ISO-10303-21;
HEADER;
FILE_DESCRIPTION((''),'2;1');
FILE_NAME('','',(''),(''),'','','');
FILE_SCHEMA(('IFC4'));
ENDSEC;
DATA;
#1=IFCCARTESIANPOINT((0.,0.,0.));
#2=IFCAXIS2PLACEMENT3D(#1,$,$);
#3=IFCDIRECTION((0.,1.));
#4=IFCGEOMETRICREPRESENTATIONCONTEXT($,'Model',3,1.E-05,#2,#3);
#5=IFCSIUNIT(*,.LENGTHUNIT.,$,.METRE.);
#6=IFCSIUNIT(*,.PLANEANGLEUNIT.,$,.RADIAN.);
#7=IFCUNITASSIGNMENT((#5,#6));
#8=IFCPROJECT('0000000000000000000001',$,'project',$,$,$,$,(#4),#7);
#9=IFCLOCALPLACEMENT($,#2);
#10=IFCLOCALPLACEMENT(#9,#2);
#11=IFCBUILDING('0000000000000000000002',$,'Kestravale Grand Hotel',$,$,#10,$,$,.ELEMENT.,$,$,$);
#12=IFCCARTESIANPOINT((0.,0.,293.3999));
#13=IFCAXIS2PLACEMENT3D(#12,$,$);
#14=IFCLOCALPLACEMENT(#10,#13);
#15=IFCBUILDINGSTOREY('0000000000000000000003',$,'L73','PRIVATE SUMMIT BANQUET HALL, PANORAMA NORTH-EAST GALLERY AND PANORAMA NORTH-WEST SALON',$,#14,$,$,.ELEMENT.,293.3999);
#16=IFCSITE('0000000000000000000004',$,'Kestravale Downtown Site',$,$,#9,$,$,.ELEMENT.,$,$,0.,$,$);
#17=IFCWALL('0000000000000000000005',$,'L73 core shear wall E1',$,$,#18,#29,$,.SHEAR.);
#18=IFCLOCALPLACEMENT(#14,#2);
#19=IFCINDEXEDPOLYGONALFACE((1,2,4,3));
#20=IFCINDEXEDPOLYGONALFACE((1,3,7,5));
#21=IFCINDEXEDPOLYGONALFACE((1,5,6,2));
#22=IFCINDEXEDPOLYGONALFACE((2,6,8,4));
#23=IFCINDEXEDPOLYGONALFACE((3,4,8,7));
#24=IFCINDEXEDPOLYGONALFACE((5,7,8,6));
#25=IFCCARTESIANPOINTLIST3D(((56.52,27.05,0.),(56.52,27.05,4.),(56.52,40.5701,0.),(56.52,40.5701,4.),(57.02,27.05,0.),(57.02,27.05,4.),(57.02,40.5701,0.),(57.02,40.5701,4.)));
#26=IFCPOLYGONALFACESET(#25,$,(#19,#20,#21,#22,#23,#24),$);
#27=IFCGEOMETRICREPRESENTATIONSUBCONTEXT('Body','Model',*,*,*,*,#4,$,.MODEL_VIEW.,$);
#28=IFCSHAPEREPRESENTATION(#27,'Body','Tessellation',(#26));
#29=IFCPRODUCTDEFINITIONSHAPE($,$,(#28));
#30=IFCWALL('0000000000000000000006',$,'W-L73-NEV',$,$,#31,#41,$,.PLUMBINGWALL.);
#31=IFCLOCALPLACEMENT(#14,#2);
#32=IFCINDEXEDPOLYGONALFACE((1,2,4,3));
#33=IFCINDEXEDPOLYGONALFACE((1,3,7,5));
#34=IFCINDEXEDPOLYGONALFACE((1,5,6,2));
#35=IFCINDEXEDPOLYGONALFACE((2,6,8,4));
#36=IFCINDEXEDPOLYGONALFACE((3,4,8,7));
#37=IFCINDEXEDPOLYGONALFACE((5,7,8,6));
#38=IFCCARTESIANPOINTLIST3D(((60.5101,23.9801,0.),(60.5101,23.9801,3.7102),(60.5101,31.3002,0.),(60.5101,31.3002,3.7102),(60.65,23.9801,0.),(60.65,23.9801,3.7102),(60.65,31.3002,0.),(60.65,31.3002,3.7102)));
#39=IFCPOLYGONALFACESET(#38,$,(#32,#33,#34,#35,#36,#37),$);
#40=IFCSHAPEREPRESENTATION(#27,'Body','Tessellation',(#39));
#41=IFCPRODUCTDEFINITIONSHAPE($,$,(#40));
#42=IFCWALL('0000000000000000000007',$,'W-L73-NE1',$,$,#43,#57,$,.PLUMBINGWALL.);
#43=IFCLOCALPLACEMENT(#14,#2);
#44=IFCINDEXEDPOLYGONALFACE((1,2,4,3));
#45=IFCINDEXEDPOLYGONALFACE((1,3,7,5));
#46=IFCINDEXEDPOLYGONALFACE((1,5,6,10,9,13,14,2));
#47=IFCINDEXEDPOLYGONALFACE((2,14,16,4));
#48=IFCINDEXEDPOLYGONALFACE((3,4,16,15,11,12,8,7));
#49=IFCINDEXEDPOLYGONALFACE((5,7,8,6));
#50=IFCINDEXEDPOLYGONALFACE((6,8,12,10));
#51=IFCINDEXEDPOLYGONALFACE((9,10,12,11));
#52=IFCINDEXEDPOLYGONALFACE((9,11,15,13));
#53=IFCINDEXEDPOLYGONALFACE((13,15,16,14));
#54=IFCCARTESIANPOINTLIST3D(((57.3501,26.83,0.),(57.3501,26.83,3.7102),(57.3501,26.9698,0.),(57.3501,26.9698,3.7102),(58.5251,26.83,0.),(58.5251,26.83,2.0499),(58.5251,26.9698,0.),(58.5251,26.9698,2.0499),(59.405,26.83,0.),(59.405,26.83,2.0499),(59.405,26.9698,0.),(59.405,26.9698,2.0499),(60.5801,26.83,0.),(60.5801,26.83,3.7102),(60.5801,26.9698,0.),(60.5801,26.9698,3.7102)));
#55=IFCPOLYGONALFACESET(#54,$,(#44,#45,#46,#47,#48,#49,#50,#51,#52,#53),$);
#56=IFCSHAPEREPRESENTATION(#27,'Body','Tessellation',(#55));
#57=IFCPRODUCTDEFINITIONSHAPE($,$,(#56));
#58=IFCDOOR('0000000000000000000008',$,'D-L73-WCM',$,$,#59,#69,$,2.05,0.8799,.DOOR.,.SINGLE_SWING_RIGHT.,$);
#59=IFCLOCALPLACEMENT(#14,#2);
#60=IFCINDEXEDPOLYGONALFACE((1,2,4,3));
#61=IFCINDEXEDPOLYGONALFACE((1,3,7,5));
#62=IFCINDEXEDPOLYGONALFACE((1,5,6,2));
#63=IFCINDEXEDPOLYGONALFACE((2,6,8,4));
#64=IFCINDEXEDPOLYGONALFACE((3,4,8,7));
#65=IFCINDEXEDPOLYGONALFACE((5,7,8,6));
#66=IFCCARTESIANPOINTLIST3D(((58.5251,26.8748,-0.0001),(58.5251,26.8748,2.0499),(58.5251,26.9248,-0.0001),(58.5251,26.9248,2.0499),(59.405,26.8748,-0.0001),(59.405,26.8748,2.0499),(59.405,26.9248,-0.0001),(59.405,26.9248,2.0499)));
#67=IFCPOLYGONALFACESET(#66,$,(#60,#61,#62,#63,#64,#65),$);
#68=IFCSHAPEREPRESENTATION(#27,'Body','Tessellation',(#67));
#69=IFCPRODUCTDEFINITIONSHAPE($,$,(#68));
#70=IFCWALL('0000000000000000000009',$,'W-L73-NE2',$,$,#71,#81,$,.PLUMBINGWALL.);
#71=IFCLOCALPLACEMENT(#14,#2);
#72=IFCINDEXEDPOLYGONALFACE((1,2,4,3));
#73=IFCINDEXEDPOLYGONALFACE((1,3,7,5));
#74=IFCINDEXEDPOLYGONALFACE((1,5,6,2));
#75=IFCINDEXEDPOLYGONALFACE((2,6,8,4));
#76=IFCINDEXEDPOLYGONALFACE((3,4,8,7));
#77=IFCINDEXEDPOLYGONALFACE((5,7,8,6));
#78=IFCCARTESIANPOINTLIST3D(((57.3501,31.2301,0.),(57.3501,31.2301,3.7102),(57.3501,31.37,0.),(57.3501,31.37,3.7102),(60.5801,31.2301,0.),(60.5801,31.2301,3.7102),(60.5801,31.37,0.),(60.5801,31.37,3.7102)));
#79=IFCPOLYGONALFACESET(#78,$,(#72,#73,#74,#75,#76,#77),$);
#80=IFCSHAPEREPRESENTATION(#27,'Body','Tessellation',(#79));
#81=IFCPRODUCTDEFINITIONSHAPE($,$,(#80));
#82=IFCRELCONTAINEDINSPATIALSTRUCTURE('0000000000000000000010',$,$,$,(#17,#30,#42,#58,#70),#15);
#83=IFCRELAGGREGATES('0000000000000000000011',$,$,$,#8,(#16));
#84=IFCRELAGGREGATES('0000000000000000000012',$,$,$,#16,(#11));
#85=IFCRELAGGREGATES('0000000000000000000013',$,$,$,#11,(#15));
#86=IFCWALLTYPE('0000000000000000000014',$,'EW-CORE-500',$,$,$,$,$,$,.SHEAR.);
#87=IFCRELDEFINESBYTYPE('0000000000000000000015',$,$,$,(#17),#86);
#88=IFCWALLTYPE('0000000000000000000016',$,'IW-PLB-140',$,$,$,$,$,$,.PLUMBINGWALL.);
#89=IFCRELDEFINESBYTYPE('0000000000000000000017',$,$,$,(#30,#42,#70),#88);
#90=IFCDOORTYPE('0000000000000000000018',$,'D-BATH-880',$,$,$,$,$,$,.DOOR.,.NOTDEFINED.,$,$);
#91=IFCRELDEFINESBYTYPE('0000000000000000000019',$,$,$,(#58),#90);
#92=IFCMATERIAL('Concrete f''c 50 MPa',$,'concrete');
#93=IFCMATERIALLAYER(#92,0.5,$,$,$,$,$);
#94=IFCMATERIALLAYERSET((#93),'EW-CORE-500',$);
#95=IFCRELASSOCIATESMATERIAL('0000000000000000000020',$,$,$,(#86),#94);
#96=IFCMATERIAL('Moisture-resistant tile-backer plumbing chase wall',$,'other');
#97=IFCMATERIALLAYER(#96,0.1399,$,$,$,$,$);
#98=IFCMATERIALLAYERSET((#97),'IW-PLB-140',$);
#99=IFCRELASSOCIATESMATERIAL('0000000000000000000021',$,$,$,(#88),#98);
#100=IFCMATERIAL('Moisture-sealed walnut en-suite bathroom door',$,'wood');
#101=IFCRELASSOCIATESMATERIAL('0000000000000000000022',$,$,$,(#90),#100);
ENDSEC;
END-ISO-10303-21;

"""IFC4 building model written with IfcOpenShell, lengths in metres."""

from ifc_helpers import new_model, si_unit, direction, frame, frame_2d, origin, place, context, subcontext, project, spatial, rectangle, extrude, material, layer, layer_set, type_object, element, fill, save


model = new_model("IFC4")

# Units and contexts
model_context = context("Model", 3, precision=1e-05, world=origin(), true_north=direction((0.0, 1.0)))
body_context = subcontext(model_context, "Body", "Model", "MODEL_VIEW")
ifc_project = project(units=[si_unit("LENGTHUNIT", "METRE"), si_unit("PLANEANGLEUNIT", "RADIAN")], contexts=[model_context])

# Site, building, storey
site_placement = place(None, origin())
site = spatial("IfcSite", under=ifc_project, at=site_placement, Name="Kestravale Downtown Site", CompositionType="ELEMENT", RefElevation=0.0)
building_placement = place(site_placement, origin())
building = spatial("IfcBuilding", under=site, at=building_placement, Name="Kestravale Grand Hotel", CompositionType="ELEMENT")
storey_placement = place(building_placement, frame((0.0, 0.0, 293.3999)))
storey = spatial("IfcBuildingStorey", under=building, at=storey_placement, Name="L73", Description="PRIVATE SUMMIT BANQUET HALL, PANORAMA NORTH-EAST GALLERY AND PANORAMA NORTH-WEST SALON", CompositionType="ELEMENT", Elevation=293.3999)

# Walls
ifc_material_1 = material(Name="Concrete f'c 50 MPa", Category="concrete")
ifc_layer_1 = layer(ifc_material_1, 0.5)
ifc_layer_set_1 = layer_set([ifc_layer_1], Name="EW-CORE-500")
wall_type_1 = type_object("IfcWallType", Name="EW-CORE-500", PredefinedType="SHEAR", material=ifc_layer_set_1)
wall_1_placement = place(storey_placement, frame((56.77, 27.05, 0.0), z_axis=(0.0, 0.0, 1.0), x_axis=(0.0, 1.0, 0.0)))
element("IfcWall", 1, at=wall_1_placement, inside=storey, type_object=wall_type_1, Name="L73 core shear wall E1", PredefinedType="SHEAR", context=body_context, shape_type="SweptSolid", body=[
    extrude(rectangle(XDim=13.52, YDim=0.5, at=frame_2d((6.76, 0.0))), origin(), (0.0, 0.0, 1.0), 4.0),
])
ifc_material_2 = material(Name="Moisture-resistant tile-backer plumbing chase wall", Category="other")
ifc_layer_2 = layer(ifc_material_2, 0.1399)
ifc_layer_set_2 = layer_set([ifc_layer_2], Name="IW-PLB-140")
wall_type_2 = type_object("IfcWallType", Name="IW-PLB-140", PredefinedType="PLUMBINGWALL", material=ifc_layer_set_2)
wall_2_placement = place(storey_placement, frame((60.5801, 23.98, 0.0), z_axis=(0.0, 0.0, 1.0), x_axis=(0.0, 1.0, 0.0)))
element("IfcWall", 2, at=wall_2_placement, inside=storey, type_object=wall_type_2, Name="W-L73-NEV", PredefinedType="PLUMBINGWALL", context=body_context, shape_type="SweptSolid", body=[
    extrude(rectangle(XDim=7.3201, YDim=0.1399, at=frame_2d((3.6602, 0.0))), origin(), (0.0, 0.0, 1.0), 3.7102),
])

# Wall, opening, door
wall_3_placement = place(storey_placement, frame((57.3501, 26.8999, 0.0), z_axis=(0.0, 0.0, 1.0), x_axis=(1.0, 0.0, 0.0)))
wall_3 = element("IfcWall", 3, at=wall_3_placement, inside=storey, type_object=wall_type_2, Name="W-L73-NE1", PredefinedType="PLUMBINGWALL", context=body_context, shape_type="SweptSolid", body=[
    extrude(rectangle(XDim=3.23, YDim=0.1399, at=frame_2d((1.615, 0.0))), origin(), (0.0, 0.0, 1.0), 3.7102),
])
opening_placement = place(wall_3_placement, frame((1.175, 0.0, 0.0)))
opening = element("IfcOpeningElement", 4, at=opening_placement, cuts=wall_3, PredefinedType="OPENING", context=body_context, shape_type="SweptSolid", body=[
    extrude(rectangle(XDim=0.8799, YDim=2.05, at=frame_2d((0.4399, 1.0249))), frame((0.0, 0.0798, 0.0), z_axis=(0.0, -1.0, 0.0), x_axis=(1.0, 0.0, 0.0)), (0.0, 0.0, 1.0), 0.1599),
])
ifc_material_3 = material(Name="Moisture-sealed walnut en-suite bathroom door", Category="wood")
door_type = type_object("IfcDoorType", Name="D-BATH-880", OperationType="NOTDEFINED", PredefinedType="DOOR", material=ifc_material_3)
door_placement = place(opening_placement, origin())
door = element("IfcDoor", 5, at=door_placement, inside=storey, type_object=door_type, Name="D-L73-WCM", OperationType="SINGLE_SWING_RIGHT", OverallHeight=2.05, OverallWidth=0.8799, PredefinedType="DOOR", context=body_context, shape_type="SweptSolid", body=[
    extrude(rectangle(XDim=0.8799, YDim=2.05, at=frame_2d((0.4399, 1.0249))), frame((0.0, 0.0249, 0.0), z_axis=(0.0, -1.0, 0.0), x_axis=(1.0, 0.0, 0.0)), (0.0, 0.0, 1.0), 0.05),
])
fill(opening, door)

# Wall
wall_4_placement = place(storey_placement, frame((57.3501, 31.3, 0.0), z_axis=(0.0, 0.0, 1.0), x_axis=(1.0, 0.0, 0.0)))
element("IfcWall", 6, at=wall_4_placement, inside=storey, type_object=wall_type_2, Name="W-L73-NE2", PredefinedType="PLUMBINGWALL", context=body_context, shape_type="SweptSolid", body=[
    extrude(rectangle(XDim=3.23, YDim=0.1399, at=frame_2d((1.615, 0.0))), origin(), (0.0, 0.0, 1.0), 3.7102),
])

save(model, "model.ifc")
